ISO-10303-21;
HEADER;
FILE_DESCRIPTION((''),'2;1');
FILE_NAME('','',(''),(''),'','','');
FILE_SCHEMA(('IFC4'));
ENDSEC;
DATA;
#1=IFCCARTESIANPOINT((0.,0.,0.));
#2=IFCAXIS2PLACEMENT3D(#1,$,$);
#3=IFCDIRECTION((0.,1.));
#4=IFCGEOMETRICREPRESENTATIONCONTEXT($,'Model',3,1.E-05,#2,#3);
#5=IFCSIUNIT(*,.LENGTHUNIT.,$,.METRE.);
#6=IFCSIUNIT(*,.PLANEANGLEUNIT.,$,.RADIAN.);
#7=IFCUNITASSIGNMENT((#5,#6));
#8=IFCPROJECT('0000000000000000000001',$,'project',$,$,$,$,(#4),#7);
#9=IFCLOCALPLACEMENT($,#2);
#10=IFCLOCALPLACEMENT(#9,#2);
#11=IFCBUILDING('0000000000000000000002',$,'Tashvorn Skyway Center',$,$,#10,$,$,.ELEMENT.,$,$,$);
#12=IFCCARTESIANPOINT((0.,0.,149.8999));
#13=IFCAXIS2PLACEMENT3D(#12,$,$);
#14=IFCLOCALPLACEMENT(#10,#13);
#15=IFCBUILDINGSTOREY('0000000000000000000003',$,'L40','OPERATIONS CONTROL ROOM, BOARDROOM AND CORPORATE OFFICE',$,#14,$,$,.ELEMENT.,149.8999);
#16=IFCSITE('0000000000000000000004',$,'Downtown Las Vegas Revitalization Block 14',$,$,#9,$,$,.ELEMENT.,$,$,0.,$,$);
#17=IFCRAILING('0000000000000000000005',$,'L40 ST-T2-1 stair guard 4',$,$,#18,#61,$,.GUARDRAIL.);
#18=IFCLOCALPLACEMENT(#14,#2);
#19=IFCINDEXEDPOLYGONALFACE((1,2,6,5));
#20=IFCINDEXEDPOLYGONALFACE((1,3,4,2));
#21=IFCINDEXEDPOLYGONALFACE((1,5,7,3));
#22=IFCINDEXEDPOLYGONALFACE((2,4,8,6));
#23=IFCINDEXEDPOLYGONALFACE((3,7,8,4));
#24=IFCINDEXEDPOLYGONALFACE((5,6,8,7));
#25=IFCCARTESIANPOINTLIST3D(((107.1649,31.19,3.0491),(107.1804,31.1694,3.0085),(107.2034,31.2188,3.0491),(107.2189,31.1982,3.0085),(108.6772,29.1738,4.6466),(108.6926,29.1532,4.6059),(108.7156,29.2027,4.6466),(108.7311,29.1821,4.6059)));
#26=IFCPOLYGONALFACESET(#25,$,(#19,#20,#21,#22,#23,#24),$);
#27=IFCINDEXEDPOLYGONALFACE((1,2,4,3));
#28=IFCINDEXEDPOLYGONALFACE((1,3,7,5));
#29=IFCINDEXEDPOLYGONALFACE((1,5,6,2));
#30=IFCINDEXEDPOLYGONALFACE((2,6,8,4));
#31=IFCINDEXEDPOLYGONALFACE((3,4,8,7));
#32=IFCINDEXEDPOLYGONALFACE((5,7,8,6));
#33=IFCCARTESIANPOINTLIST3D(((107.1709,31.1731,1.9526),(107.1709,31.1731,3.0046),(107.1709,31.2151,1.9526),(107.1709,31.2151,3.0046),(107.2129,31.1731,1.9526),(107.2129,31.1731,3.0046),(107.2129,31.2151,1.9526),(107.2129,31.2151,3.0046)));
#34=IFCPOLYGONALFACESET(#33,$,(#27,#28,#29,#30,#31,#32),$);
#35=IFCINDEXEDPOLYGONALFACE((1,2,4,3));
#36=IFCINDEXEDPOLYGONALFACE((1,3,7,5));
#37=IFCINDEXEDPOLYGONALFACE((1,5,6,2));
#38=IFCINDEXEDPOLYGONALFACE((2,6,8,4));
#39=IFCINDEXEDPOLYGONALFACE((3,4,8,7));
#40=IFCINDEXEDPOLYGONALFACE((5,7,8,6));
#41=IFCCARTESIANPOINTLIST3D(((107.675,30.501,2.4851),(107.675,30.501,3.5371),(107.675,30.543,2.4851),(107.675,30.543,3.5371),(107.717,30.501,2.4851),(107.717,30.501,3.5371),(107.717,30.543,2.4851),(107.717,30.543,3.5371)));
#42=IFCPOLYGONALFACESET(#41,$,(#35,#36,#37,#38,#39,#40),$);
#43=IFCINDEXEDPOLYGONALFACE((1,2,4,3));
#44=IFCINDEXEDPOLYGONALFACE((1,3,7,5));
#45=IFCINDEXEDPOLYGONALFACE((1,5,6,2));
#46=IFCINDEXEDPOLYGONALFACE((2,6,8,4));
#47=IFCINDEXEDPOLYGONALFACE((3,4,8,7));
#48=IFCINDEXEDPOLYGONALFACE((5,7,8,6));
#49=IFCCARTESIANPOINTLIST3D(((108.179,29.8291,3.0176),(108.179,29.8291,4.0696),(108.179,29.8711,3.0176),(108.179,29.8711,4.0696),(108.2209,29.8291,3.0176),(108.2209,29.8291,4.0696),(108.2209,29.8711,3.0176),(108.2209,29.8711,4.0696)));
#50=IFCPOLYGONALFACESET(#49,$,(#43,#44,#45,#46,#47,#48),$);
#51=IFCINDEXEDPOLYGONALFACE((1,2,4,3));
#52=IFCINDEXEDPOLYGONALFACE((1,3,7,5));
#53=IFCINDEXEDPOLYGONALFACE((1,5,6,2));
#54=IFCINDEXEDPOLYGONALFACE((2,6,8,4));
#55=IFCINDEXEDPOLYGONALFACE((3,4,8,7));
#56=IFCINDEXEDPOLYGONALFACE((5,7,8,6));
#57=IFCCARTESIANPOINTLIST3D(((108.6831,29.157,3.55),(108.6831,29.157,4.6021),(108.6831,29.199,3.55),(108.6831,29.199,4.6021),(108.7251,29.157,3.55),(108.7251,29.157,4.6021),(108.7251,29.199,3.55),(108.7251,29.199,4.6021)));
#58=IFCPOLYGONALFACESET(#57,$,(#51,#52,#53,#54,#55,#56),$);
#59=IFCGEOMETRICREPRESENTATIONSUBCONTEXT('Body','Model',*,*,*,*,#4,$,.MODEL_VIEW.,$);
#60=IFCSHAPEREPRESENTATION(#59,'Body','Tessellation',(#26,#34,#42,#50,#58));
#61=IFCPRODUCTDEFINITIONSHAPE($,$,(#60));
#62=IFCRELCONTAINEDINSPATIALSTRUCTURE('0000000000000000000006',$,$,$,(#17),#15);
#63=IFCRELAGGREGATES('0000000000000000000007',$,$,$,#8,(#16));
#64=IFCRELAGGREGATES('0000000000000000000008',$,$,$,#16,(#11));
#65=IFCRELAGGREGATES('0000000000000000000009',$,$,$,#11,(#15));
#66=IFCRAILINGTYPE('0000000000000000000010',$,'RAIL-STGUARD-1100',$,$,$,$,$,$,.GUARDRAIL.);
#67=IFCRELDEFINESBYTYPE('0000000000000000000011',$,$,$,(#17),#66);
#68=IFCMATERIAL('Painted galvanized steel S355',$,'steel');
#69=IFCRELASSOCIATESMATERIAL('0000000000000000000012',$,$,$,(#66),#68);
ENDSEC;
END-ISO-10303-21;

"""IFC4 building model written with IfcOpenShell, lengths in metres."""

from ifc_helpers import new_model, si_unit, direction, frame, origin, origin_2d, place, context, subcontext, project, spatial, rectangle, extrude, material, type_object, element, save


model = new_model("IFC4")

# Units and contexts
model_context = context("Model", 3, precision=1e-05, world=origin(), true_north=direction((0.0, 1.0)))
body_context = subcontext(model_context, "Body", "Model", "MODEL_VIEW")
ifc_project = project(units=[si_unit("LENGTHUNIT", "METRE"), si_unit("PLANEANGLEUNIT", "RADIAN")], contexts=[model_context])

# Site, building, storey
site_placement = place(None, origin())
site = spatial("IfcSite", under=ifc_project, at=site_placement, Name="Downtown Las Vegas Revitalization Block 14", CompositionType="ELEMENT", RefElevation=0.0)
building_placement = place(site_placement, origin())
building = spatial("IfcBuilding", under=site, at=building_placement, Name="Tashvorn Skyway Center", CompositionType="ELEMENT")
storey_placement = place(building_placement, frame((0.0, 0.0, 149.8999)))
storey = spatial("IfcBuildingStorey", under=building, at=storey_placement, Name="L40", Description="OPERATIONS CONTROL ROOM, BOARDROOM AND CORPORATE OFFICE", CompositionType="ELEMENT", Elevation=149.8999)

# Railing
ifc_material_1 = material(Name="Painted galvanized steel S355", Category="steel")
railing_type_1 = type_object("IfcRailingType", Name="RAIL-STGUARD-1100", PredefinedType="GUARDRAIL", material=ifc_material_1)
railing_1_placement = place(storey_placement, frame((107.1919, 31.1941, 1.9526)))
element("IfcRailing", 1, at=railing_1_placement, inside=storey, type_object=railing_type_1, Name="L40 ST-T2-1 stair guard 4", PredefinedType="GUARDRAIL", context=body_context, shape_type="SweptSolid", body=[
    extrude(rectangle(XDim=0.0481, YDim=0.0481, at=origin_2d()), frame((0.0, 0.0, 1.0762), z_axis=(0.506802, -0.675681, 0.535357), x_axis=(0.799977, 0.600031, 0.0)), (0.0, 0.0, 1.0), 2.9839),
    extrude(rectangle(XDim=0.042, YDim=0.042, at=origin_2d()), origin(), (0.0, 0.0, 1.0), 1.052),
    extrude(rectangle(XDim=0.042, YDim=0.042, at=origin_2d()), frame((0.5042, -0.6721, 0.5325)), (0.0, 0.0, 1.0), 1.052),
    extrude(rectangle(XDim=0.042, YDim=0.042, at=origin_2d()), frame((1.0081, -1.344, 1.0649)), (0.0, 0.0, 1.0), 1.052),
    extrude(rectangle(XDim=0.042, YDim=0.042, at=origin_2d()), frame((1.5122, -2.0161, 1.5974)), (0.0, 0.0, 1.0), 1.052),
])

save(model, "model.ifc")
